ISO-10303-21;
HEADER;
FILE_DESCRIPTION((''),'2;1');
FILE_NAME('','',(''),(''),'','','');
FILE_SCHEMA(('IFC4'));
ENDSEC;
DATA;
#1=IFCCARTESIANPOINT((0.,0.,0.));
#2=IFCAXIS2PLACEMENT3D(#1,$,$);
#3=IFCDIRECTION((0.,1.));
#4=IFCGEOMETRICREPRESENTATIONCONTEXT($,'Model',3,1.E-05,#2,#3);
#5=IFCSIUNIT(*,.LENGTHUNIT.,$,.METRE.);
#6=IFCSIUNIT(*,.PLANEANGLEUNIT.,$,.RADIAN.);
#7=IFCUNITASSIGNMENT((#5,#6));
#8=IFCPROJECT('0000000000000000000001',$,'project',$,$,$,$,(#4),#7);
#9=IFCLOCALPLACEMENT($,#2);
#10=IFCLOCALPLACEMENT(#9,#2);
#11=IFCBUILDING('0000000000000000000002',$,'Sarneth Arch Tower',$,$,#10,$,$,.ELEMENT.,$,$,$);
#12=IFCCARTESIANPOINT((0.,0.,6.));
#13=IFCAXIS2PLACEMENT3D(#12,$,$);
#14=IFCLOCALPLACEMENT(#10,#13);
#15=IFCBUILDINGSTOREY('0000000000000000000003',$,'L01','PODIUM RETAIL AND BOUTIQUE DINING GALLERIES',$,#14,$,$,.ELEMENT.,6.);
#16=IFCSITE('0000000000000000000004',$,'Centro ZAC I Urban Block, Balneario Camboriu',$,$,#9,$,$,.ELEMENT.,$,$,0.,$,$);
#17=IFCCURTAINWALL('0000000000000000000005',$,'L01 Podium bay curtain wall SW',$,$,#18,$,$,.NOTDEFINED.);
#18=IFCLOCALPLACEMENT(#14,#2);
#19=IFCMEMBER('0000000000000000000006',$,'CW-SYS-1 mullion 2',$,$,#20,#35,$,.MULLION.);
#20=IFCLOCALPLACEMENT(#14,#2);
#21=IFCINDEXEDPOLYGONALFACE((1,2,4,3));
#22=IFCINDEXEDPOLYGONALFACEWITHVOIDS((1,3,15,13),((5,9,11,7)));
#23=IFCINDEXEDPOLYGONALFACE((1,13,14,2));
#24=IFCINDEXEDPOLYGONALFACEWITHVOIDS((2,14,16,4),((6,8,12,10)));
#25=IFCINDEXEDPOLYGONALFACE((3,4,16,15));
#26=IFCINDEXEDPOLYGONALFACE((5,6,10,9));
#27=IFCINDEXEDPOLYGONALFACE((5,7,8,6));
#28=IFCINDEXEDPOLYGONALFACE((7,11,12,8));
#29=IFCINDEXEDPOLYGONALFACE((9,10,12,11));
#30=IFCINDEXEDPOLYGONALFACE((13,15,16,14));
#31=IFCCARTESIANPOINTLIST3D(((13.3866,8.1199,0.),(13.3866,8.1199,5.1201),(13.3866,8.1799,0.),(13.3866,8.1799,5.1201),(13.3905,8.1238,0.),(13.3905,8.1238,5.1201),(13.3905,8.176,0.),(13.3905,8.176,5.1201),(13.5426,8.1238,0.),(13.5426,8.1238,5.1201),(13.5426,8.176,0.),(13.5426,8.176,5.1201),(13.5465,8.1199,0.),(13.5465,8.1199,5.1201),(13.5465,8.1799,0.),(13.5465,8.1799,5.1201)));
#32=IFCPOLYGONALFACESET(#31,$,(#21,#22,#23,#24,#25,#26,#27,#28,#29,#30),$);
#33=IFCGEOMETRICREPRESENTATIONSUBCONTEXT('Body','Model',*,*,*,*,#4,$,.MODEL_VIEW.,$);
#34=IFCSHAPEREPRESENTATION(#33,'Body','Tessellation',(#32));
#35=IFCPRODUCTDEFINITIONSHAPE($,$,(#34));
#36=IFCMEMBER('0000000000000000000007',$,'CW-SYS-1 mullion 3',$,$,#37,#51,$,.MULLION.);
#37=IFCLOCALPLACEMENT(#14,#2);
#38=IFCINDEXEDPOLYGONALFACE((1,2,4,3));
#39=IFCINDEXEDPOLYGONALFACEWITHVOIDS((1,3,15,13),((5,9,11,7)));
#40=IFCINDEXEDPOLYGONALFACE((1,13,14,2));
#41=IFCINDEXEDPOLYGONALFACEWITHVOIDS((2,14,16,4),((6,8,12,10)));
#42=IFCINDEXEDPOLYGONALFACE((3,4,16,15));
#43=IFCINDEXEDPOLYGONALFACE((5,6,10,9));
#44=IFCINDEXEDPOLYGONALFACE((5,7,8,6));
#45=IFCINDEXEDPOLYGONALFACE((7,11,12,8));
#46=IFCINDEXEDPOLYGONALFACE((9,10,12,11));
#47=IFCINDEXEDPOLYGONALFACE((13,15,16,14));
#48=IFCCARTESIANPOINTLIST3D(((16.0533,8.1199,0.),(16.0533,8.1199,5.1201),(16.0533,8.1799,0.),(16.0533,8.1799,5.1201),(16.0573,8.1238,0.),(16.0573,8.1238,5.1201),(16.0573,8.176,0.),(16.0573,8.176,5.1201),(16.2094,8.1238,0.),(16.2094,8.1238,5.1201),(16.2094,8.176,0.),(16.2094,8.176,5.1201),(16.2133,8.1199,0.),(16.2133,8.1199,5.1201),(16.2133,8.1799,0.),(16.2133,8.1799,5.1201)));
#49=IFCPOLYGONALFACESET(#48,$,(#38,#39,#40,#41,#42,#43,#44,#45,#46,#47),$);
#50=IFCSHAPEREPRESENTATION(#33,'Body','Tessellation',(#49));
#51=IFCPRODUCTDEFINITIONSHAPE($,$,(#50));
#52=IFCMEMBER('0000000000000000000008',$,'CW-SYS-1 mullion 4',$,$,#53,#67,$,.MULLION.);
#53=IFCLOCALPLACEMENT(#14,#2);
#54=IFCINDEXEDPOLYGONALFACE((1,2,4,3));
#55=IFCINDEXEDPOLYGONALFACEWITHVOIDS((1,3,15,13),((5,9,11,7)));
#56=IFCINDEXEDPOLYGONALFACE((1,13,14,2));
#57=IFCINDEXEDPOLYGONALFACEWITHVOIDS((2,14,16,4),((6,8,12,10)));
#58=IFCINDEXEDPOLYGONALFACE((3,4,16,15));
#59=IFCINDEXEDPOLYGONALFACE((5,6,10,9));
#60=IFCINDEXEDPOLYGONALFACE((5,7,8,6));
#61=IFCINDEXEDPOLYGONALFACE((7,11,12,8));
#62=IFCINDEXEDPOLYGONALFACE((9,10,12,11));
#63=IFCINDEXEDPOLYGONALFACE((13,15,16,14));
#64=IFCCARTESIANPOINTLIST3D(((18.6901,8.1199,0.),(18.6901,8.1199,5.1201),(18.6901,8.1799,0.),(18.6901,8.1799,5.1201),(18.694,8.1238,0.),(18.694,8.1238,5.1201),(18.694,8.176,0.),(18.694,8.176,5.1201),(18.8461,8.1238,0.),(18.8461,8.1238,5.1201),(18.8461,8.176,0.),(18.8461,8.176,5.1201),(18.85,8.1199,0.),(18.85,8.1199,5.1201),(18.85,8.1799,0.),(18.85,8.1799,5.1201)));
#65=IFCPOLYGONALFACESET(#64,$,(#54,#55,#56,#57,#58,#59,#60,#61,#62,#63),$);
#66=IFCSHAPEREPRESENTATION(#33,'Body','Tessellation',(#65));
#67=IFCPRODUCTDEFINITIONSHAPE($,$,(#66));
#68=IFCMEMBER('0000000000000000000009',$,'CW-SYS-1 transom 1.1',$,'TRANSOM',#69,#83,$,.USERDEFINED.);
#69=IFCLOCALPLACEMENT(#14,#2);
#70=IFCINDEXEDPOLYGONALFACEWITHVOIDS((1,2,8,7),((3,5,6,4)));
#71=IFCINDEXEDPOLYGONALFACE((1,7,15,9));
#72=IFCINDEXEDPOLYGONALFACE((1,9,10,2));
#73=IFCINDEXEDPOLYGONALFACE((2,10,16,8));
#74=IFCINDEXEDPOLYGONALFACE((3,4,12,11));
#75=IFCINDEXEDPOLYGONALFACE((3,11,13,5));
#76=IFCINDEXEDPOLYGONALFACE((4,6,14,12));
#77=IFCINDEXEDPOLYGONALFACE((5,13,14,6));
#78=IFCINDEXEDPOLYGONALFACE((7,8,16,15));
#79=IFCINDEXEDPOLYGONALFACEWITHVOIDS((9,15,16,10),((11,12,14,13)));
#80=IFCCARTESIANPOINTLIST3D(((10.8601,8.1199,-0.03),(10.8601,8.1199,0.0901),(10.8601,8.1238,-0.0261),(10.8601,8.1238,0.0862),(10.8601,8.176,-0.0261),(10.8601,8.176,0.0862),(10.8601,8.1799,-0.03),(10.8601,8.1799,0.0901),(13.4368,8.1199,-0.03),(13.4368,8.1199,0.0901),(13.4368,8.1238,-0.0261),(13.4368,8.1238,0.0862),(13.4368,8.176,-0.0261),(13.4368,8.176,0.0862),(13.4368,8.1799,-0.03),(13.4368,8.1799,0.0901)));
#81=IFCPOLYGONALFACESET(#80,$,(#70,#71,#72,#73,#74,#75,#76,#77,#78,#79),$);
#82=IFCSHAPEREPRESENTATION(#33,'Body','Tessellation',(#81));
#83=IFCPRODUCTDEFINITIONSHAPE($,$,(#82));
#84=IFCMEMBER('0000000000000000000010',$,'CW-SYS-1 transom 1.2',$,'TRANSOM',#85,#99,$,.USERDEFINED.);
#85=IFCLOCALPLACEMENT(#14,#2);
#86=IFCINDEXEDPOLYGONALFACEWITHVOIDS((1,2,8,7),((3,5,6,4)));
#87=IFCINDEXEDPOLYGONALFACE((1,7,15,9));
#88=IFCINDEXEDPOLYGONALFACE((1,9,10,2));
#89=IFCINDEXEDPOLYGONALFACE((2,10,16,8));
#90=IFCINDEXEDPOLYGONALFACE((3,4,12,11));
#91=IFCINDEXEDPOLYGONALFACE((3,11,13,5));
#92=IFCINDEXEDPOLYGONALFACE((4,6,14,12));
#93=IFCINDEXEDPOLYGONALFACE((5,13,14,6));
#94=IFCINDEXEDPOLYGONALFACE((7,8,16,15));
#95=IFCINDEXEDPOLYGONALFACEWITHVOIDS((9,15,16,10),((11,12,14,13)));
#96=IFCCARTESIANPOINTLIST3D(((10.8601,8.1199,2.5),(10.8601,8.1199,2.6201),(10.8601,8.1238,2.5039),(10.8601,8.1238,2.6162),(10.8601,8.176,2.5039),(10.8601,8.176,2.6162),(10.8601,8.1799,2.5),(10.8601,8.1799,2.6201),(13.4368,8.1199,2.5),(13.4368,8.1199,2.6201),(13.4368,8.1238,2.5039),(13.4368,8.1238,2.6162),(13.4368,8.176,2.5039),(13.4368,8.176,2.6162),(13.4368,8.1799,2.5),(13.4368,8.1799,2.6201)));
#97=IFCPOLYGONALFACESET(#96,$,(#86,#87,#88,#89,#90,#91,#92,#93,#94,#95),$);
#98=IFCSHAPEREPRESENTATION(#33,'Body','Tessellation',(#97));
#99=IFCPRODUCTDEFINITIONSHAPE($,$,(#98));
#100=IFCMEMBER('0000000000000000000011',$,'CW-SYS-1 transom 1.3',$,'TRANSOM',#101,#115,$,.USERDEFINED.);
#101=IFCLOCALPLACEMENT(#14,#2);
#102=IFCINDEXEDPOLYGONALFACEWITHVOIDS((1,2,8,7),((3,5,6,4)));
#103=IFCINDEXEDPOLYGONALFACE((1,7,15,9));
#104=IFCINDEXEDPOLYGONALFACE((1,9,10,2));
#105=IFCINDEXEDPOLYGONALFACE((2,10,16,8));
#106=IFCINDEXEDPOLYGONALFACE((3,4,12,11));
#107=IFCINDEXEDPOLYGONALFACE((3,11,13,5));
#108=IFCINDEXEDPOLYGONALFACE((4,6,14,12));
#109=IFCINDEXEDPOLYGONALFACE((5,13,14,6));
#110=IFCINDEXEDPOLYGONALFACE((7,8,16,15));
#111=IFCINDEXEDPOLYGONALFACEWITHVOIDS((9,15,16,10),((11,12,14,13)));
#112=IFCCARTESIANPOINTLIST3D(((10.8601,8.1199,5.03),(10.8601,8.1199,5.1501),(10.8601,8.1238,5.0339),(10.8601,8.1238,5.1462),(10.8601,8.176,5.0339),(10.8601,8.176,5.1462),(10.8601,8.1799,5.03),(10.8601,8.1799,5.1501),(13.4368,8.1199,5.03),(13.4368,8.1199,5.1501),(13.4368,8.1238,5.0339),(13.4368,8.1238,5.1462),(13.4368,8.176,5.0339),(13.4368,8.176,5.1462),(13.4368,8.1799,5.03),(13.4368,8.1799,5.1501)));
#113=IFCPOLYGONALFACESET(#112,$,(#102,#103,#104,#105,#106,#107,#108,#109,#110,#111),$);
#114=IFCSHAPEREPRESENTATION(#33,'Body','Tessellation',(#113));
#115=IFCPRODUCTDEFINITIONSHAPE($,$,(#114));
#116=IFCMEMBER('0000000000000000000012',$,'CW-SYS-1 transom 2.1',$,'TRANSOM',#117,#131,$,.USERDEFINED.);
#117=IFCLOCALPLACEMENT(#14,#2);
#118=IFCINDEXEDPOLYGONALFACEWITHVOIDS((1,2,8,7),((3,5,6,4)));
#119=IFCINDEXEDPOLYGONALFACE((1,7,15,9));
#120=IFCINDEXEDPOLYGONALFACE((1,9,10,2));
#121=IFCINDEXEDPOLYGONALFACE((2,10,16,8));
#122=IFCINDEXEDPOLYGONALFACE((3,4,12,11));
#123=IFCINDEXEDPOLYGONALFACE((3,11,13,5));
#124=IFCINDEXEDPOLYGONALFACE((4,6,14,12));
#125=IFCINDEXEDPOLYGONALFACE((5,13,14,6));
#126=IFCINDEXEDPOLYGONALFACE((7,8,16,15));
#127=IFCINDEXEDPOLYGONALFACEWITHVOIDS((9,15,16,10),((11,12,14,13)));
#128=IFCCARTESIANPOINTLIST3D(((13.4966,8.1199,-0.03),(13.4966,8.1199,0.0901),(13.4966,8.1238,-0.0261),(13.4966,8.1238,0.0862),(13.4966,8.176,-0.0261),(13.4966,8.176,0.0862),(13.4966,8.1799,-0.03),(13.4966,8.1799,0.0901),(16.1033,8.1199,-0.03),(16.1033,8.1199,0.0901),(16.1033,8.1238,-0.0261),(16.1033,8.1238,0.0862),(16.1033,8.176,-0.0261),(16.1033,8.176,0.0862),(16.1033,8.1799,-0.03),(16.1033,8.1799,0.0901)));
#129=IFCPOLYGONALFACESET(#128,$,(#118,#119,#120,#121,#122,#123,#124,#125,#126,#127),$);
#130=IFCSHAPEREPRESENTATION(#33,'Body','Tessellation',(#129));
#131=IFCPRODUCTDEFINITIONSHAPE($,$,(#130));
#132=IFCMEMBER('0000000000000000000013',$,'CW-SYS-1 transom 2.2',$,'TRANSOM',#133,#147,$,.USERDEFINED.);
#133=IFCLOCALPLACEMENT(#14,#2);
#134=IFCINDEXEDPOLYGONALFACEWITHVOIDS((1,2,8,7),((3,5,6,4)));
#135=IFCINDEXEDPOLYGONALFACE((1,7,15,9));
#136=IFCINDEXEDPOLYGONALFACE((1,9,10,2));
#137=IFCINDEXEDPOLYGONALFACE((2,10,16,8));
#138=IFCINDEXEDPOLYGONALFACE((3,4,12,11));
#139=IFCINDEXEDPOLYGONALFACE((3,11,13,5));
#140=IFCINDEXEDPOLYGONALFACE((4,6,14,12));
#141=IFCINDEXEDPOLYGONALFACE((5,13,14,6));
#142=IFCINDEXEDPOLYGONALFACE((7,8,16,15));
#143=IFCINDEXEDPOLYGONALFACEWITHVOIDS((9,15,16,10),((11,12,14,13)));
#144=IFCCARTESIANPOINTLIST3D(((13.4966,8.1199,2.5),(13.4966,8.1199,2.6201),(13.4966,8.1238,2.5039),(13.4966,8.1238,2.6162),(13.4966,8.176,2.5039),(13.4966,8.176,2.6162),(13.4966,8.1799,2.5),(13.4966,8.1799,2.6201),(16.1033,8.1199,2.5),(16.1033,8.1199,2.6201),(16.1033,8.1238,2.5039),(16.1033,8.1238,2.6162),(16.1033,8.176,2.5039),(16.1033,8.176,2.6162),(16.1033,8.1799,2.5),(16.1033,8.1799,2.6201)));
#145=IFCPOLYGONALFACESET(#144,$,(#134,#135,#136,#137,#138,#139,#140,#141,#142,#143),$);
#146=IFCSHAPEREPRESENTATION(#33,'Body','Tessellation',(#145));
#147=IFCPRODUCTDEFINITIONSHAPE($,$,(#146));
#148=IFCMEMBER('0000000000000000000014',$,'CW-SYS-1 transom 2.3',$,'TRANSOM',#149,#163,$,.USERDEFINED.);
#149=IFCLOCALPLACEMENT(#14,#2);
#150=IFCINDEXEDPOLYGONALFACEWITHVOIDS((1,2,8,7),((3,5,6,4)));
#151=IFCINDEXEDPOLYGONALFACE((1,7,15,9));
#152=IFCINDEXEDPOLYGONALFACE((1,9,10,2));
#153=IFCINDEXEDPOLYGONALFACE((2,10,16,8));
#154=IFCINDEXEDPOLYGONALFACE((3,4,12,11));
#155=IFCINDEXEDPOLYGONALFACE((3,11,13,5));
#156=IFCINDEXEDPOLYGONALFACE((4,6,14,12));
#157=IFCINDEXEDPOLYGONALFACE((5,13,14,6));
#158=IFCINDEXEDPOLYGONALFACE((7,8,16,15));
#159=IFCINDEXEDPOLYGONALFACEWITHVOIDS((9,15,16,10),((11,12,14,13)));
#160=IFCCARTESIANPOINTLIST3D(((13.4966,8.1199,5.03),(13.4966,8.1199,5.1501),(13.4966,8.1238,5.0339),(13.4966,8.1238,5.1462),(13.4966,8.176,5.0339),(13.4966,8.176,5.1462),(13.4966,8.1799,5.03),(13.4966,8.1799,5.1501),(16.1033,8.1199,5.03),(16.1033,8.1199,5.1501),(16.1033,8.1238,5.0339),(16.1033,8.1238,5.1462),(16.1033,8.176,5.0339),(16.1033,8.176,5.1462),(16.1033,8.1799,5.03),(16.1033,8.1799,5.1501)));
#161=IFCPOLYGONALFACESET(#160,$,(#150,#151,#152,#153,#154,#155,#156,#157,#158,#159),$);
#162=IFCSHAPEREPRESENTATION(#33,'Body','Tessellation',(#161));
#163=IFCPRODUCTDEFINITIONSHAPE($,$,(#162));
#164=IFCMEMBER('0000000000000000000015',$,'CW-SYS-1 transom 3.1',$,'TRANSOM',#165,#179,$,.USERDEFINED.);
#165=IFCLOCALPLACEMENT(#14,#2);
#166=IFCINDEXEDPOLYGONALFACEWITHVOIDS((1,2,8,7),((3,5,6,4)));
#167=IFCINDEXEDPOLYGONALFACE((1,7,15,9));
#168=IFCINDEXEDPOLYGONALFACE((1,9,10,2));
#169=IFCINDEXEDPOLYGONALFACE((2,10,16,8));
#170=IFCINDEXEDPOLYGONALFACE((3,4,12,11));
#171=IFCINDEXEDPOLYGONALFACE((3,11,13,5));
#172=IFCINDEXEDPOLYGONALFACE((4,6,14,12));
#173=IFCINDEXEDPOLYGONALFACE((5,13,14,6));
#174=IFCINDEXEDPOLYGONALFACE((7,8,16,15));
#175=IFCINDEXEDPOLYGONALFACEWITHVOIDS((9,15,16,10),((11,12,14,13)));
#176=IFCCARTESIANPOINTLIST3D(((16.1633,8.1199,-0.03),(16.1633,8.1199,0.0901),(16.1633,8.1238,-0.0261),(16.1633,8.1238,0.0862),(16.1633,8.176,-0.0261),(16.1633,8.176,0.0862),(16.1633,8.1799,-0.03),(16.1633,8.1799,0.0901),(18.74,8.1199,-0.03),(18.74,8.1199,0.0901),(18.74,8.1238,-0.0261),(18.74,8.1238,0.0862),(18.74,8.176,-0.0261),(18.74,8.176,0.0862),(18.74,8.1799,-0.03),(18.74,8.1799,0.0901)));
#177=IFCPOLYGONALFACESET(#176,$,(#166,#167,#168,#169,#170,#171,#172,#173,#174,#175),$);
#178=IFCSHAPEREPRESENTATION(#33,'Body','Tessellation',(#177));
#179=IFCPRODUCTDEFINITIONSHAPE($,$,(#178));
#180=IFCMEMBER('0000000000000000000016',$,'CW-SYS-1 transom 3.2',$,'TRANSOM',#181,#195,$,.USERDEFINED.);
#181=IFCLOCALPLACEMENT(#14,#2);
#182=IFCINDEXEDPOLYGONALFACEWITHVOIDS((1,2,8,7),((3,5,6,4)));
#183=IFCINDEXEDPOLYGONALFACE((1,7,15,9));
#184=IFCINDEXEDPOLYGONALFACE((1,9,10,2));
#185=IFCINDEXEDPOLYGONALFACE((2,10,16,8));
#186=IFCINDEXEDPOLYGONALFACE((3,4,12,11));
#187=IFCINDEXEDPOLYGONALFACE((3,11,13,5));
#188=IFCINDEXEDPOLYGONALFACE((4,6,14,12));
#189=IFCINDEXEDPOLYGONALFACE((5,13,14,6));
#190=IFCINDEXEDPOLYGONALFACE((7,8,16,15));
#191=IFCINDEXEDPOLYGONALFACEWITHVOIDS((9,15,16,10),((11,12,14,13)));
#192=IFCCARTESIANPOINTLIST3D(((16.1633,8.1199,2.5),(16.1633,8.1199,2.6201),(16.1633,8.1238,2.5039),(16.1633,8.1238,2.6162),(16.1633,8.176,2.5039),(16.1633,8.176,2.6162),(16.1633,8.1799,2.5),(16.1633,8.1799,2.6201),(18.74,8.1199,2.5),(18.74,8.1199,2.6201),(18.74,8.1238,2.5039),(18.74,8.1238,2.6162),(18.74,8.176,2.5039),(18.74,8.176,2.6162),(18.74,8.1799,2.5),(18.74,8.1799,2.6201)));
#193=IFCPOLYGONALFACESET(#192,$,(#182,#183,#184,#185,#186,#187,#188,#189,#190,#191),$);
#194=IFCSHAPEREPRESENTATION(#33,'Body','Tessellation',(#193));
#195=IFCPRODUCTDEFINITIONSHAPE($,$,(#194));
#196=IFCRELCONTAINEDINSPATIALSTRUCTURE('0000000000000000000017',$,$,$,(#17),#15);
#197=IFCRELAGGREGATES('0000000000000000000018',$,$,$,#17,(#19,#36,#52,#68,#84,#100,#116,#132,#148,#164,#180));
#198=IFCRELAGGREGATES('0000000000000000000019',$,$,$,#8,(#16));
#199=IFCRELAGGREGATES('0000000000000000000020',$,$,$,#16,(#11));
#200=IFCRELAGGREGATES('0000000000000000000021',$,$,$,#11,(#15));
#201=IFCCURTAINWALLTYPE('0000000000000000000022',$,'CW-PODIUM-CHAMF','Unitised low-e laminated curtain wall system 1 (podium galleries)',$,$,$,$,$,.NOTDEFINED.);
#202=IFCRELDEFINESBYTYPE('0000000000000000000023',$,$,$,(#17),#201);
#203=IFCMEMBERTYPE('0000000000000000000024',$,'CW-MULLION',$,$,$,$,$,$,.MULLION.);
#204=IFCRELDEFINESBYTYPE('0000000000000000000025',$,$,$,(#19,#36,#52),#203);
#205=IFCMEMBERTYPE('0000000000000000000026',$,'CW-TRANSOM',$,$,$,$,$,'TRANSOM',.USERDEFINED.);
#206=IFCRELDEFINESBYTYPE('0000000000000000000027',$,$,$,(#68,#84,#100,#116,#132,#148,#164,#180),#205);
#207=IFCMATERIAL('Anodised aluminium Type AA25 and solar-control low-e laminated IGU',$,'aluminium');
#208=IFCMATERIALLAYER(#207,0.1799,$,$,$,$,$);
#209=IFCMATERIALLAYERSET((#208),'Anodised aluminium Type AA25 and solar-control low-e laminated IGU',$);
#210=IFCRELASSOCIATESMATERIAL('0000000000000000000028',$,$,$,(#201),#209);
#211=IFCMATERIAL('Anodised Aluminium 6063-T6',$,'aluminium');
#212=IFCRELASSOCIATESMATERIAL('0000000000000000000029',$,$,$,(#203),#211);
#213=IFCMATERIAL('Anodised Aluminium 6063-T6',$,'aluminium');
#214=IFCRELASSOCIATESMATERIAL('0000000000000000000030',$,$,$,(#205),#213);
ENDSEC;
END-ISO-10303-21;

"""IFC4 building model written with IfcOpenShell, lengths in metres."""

from ifc_helpers import new_model, si_unit, direction, frame, origin, origin_2d, place, context, subcontext, project, spatial, hollow_rectangle, extrude, material, layer, layer_set, material_profile, profile_set, type_object, element, aggregate, save


model = new_model("IFC4")

# Units and contexts
model_context = context("Model", 3, precision=1e-05, world=origin(), true_north=direction((0.0, 1.0)))
body_context = subcontext(model_context, "Body", "Model", "MODEL_VIEW")
ifc_project = project(units=[si_unit("LENGTHUNIT", "METRE"), si_unit("PLANEANGLEUNIT", "RADIAN")], contexts=[model_context])

# Site, building, storey
site_placement = place(None, origin())
site = spatial("IfcSite", under=ifc_project, at=site_placement, Name="Centro ZAC I Urban Block, Balneario Camboriu", CompositionType="ELEMENT", RefElevation=0.0)
building_placement = place(site_placement, origin())
building = spatial("IfcBuilding", under=site, at=building_placement, Name="Sarneth Arch Tower", CompositionType="ELEMENT")
storey_placement = place(building_placement, frame((0.0, 0.0, 6.0)))
storey = spatial("IfcBuildingStorey", under=building, at=storey_placement, Name="L01", Description="PODIUM RETAIL AND BOUTIQUE DINING GALLERIES", CompositionType="ELEMENT", Elevation=6.0)

# Curtain wall, members
ifc_material_1 = material(Name="Anodised aluminium Type AA25 and solar-control low-e laminated IGU", Category="aluminium")
ifc_layer_1 = layer(ifc_material_1, 0.1799)
ifc_layer_set_1 = layer_set([ifc_layer_1], Name="Anodised aluminium Type AA25 and solar-control low-e laminated IGU")
curtain_wall_type = type_object("IfcCurtainWallType", Name="CW-PODIUM-CHAMF", Description="Unitised low-e laminated curtain wall system 1 (podium galleries)", PredefinedType="NOTDEFINED", material=ifc_layer_set_1)
curtain_wall_placement = place(storey_placement, origin())
curtain_wall = element("IfcCurtainWall", 1, at=curtain_wall_placement, inside=storey, type_object=curtain_wall_type, Name="L01 Podium bay curtain wall SW", PredefinedType="NOTDEFINED")
ifc_material_2 = material(Name="Anodised Aluminium 6063-T6", Category="aluminium")
ifc_material_profile_1 = material_profile(ifc_material_2, hollow_rectangle(XDim=0.0601, YDim=0.1599, WallThickness=0.0039, at=origin_2d()), Name="AL-MULL-160x60x4")
ifc_profile_set_1 = profile_set([ifc_material_profile_1], Name="Anodised Aluminium 6063-T6")
member_type_1 = type_object("IfcMemberType", Name="CW-MULLION", PredefinedType="MULLION", material=ifc_profile_set_1)
member_1_placement = place(storey_placement, frame((13.4666, 8.1499, 0.0), z_axis=(0.0, 0.0, 1.0), x_axis=(0.0, 1.0, 0.0)))
member_1 = element("IfcMember", 2, at=member_1_placement, type_object=member_type_1, Name="CW-SYS-1 mullion 2", PredefinedType="MULLION", context=body_context, shape_type="SweptSolid", body=[
    extrude(hollow_rectangle(XDim=0.0601, YDim=0.1599, WallThickness=0.0039, at=origin_2d()), origin(), (0.0, 0.0, 1.0), 5.1201),
])
member_2_placement = place(storey_placement, frame((16.1333, 8.1499, 0.0), z_axis=(0.0, 0.0, 1.0), x_axis=(0.0, 1.0, 0.0)))
member_2 = element("IfcMember", 3, at=member_2_placement, type_object=member_type_1, Name="CW-SYS-1 mullion 3", PredefinedType="MULLION", context=body_context, shape_type="SweptSolid", body=[
    extrude(hollow_rectangle(XDim=0.0601, YDim=0.1599, WallThickness=0.0039, at=origin_2d()), origin(), (0.0, 0.0, 1.0), 5.1201),
])
member_3_placement = place(storey_placement, frame((18.77, 8.1499, 0.0), z_axis=(0.0, 0.0, 1.0), x_axis=(0.0, 1.0, 0.0)))
member_3 = element("IfcMember", 4, at=member_3_placement, type_object=member_type_1, Name="CW-SYS-1 mullion 4", PredefinedType="MULLION", context=body_context, shape_type="SweptSolid", body=[
    extrude(hollow_rectangle(XDim=0.0601, YDim=0.1599, WallThickness=0.0039, at=origin_2d()), origin(), (0.0, 0.0, 1.0), 5.1201),
])
ifc_material_3 = material(Name="Anodised Aluminium 6063-T6", Category="aluminium")
ifc_material_profile_2 = material_profile(ifc_material_3, hollow_rectangle(XDim=0.0601, YDim=0.1201, WallThickness=0.0039, at=origin_2d()), Name="AL-TRAN-120x60x4")
ifc_profile_set_2 = profile_set([ifc_material_profile_2], Name="Anodised Aluminium 6063-T6")
member_type_2 = type_object("IfcMemberType", Name="CW-TRANSOM", ElementType="TRANSOM", PredefinedType="USERDEFINED", material=ifc_profile_set_2)
member_4_placement = place(storey_placement, frame((10.8601, 8.1499, 0.03), z_axis=(1.0, 0.0, 0.0), x_axis=(0.0, 1.0, 0.0)))
member_4 = element("IfcMember", 5, at=member_4_placement, type_object=member_type_2, Name="CW-SYS-1 transom 1.1", ObjectType="TRANSOM", PredefinedType="USERDEFINED", context=body_context, shape_type="SweptSolid", body=[
    extrude(hollow_rectangle(XDim=0.0601, YDim=0.1201, WallThickness=0.0039, at=origin_2d()), origin(), (0.0, 0.0, 1.0), 2.5767),
])
member_5_placement = place(storey_placement, frame((10.8601, 8.1499, 2.5601), z_axis=(1.0, 0.0, 0.0), x_axis=(0.0, 1.0, 0.0)))
member_5 = element("IfcMember", 6, at=member_5_placement, type_object=member_type_2, Name="CW-SYS-1 transom 1.2", ObjectType="TRANSOM", PredefinedType="USERDEFINED", context=body_context, shape_type="SweptSolid", body=[
    extrude(hollow_rectangle(XDim=0.0601, YDim=0.1201, WallThickness=0.0039, at=origin_2d()), origin(), (0.0, 0.0, 1.0), 2.5767),
])
member_6_placement = place(storey_placement, frame((10.8601, 8.1499, 5.0901), z_axis=(1.0, 0.0, 0.0), x_axis=(0.0, 1.0, 0.0)))
member_6 = element("IfcMember", 7, at=member_6_placement, type_object=member_type_2, Name="CW-SYS-1 transom 1.3", ObjectType="TRANSOM", PredefinedType="USERDEFINED", context=body_context, shape_type="SweptSolid", body=[
    extrude(hollow_rectangle(XDim=0.0601, YDim=0.1201, WallThickness=0.0039, at=origin_2d()), origin(), (0.0, 0.0, 1.0), 2.5767),
])
member_7_placement = place(storey_placement, frame((13.4966, 8.1499, 0.03), z_axis=(1.0, 0.0, 0.0), x_axis=(0.0, 1.0, 0.0)))
member_7 = element("IfcMember", 8, at=member_7_placement, type_object=member_type_2, Name="CW-SYS-1 transom 2.1", ObjectType="TRANSOM", PredefinedType="USERDEFINED", context=body_context, shape_type="SweptSolid", body=[
    extrude(hollow_rectangle(XDim=0.0601, YDim=0.1201, WallThickness=0.0039, at=origin_2d()), origin(), (0.0, 0.0, 1.0), 2.6067),
])
member_8_placement = place(storey_placement, frame((13.4966, 8.1499, 2.5601), z_axis=(1.0, 0.0, 0.0), x_axis=(0.0, 1.0, 0.0)))
member_8 = element("IfcMember", 9, at=member_8_placement, type_object=member_type_2, Name="CW-SYS-1 transom 2.2", ObjectType="TRANSOM", PredefinedType="USERDEFINED", context=body_context, shape_type="SweptSolid", body=[
    extrude(hollow_rectangle(XDim=0.0601, YDim=0.1201, WallThickness=0.0039, at=origin_2d()), origin(), (0.0, 0.0, 1.0), 2.6067),
])
member_9_placement = place(storey_placement, frame((13.4966, 8.1499, 5.0901), z_axis=(1.0, 0.0, 0.0), x_axis=(0.0, 1.0, 0.0)))
member_9 = element("IfcMember", 10, at=member_9_placement, type_object=member_type_2, Name="CW-SYS-1 transom 2.3", ObjectType="TRANSOM", PredefinedType="USERDEFINED", context=body_context, shape_type="SweptSolid", body=[
    extrude(hollow_rectangle(XDim=0.0601, YDim=0.1201, WallThickness=0.0039, at=origin_2d()), origin(), (0.0, 0.0, 1.0), 2.6067),
])
member_10_placement = place(storey_placement, frame((16.1633, 8.1499, 0.03), z_axis=(1.0, 0.0, 0.0), x_axis=(0.0, 1.0, 0.0)))
member_10 = element("IfcMember", 11, at=member_10_placement, type_object=member_type_2, Name="CW-SYS-1 transom 3.1", ObjectType="TRANSOM", PredefinedType="USERDEFINED", context=body_context, shape_type="SweptSolid", body=[
    extrude(hollow_rectangle(XDim=0.0601, YDim=0.1201, WallThickness=0.0039, at=origin_2d()), origin(), (0.0, 0.0, 1.0), 2.5767),
])
member_11_placement = place(storey_placement, frame((16.1633, 8.1499, 2.5601), z_axis=(1.0, 0.0, 0.0), x_axis=(0.0, 1.0, 0.0)))
member_11 = element("IfcMember", 12, at=member_11_placement, type_object=member_type_2, Name="CW-SYS-1 transom 3.2", ObjectType="TRANSOM", PredefinedType="USERDEFINED", context=body_context, shape_type="SweptSolid", body=[
    extrude(hollow_rectangle(XDim=0.0601, YDim=0.1201, WallThickness=0.0039, at=origin_2d()), origin(), (0.0, 0.0, 1.0), 2.5767),
])
aggregate(curtain_wall, [member_1, member_2, member_3, member_4, member_5, member_6, member_7, member_8, member_9, member_10, member_11])

save(model, "model.ifc")
